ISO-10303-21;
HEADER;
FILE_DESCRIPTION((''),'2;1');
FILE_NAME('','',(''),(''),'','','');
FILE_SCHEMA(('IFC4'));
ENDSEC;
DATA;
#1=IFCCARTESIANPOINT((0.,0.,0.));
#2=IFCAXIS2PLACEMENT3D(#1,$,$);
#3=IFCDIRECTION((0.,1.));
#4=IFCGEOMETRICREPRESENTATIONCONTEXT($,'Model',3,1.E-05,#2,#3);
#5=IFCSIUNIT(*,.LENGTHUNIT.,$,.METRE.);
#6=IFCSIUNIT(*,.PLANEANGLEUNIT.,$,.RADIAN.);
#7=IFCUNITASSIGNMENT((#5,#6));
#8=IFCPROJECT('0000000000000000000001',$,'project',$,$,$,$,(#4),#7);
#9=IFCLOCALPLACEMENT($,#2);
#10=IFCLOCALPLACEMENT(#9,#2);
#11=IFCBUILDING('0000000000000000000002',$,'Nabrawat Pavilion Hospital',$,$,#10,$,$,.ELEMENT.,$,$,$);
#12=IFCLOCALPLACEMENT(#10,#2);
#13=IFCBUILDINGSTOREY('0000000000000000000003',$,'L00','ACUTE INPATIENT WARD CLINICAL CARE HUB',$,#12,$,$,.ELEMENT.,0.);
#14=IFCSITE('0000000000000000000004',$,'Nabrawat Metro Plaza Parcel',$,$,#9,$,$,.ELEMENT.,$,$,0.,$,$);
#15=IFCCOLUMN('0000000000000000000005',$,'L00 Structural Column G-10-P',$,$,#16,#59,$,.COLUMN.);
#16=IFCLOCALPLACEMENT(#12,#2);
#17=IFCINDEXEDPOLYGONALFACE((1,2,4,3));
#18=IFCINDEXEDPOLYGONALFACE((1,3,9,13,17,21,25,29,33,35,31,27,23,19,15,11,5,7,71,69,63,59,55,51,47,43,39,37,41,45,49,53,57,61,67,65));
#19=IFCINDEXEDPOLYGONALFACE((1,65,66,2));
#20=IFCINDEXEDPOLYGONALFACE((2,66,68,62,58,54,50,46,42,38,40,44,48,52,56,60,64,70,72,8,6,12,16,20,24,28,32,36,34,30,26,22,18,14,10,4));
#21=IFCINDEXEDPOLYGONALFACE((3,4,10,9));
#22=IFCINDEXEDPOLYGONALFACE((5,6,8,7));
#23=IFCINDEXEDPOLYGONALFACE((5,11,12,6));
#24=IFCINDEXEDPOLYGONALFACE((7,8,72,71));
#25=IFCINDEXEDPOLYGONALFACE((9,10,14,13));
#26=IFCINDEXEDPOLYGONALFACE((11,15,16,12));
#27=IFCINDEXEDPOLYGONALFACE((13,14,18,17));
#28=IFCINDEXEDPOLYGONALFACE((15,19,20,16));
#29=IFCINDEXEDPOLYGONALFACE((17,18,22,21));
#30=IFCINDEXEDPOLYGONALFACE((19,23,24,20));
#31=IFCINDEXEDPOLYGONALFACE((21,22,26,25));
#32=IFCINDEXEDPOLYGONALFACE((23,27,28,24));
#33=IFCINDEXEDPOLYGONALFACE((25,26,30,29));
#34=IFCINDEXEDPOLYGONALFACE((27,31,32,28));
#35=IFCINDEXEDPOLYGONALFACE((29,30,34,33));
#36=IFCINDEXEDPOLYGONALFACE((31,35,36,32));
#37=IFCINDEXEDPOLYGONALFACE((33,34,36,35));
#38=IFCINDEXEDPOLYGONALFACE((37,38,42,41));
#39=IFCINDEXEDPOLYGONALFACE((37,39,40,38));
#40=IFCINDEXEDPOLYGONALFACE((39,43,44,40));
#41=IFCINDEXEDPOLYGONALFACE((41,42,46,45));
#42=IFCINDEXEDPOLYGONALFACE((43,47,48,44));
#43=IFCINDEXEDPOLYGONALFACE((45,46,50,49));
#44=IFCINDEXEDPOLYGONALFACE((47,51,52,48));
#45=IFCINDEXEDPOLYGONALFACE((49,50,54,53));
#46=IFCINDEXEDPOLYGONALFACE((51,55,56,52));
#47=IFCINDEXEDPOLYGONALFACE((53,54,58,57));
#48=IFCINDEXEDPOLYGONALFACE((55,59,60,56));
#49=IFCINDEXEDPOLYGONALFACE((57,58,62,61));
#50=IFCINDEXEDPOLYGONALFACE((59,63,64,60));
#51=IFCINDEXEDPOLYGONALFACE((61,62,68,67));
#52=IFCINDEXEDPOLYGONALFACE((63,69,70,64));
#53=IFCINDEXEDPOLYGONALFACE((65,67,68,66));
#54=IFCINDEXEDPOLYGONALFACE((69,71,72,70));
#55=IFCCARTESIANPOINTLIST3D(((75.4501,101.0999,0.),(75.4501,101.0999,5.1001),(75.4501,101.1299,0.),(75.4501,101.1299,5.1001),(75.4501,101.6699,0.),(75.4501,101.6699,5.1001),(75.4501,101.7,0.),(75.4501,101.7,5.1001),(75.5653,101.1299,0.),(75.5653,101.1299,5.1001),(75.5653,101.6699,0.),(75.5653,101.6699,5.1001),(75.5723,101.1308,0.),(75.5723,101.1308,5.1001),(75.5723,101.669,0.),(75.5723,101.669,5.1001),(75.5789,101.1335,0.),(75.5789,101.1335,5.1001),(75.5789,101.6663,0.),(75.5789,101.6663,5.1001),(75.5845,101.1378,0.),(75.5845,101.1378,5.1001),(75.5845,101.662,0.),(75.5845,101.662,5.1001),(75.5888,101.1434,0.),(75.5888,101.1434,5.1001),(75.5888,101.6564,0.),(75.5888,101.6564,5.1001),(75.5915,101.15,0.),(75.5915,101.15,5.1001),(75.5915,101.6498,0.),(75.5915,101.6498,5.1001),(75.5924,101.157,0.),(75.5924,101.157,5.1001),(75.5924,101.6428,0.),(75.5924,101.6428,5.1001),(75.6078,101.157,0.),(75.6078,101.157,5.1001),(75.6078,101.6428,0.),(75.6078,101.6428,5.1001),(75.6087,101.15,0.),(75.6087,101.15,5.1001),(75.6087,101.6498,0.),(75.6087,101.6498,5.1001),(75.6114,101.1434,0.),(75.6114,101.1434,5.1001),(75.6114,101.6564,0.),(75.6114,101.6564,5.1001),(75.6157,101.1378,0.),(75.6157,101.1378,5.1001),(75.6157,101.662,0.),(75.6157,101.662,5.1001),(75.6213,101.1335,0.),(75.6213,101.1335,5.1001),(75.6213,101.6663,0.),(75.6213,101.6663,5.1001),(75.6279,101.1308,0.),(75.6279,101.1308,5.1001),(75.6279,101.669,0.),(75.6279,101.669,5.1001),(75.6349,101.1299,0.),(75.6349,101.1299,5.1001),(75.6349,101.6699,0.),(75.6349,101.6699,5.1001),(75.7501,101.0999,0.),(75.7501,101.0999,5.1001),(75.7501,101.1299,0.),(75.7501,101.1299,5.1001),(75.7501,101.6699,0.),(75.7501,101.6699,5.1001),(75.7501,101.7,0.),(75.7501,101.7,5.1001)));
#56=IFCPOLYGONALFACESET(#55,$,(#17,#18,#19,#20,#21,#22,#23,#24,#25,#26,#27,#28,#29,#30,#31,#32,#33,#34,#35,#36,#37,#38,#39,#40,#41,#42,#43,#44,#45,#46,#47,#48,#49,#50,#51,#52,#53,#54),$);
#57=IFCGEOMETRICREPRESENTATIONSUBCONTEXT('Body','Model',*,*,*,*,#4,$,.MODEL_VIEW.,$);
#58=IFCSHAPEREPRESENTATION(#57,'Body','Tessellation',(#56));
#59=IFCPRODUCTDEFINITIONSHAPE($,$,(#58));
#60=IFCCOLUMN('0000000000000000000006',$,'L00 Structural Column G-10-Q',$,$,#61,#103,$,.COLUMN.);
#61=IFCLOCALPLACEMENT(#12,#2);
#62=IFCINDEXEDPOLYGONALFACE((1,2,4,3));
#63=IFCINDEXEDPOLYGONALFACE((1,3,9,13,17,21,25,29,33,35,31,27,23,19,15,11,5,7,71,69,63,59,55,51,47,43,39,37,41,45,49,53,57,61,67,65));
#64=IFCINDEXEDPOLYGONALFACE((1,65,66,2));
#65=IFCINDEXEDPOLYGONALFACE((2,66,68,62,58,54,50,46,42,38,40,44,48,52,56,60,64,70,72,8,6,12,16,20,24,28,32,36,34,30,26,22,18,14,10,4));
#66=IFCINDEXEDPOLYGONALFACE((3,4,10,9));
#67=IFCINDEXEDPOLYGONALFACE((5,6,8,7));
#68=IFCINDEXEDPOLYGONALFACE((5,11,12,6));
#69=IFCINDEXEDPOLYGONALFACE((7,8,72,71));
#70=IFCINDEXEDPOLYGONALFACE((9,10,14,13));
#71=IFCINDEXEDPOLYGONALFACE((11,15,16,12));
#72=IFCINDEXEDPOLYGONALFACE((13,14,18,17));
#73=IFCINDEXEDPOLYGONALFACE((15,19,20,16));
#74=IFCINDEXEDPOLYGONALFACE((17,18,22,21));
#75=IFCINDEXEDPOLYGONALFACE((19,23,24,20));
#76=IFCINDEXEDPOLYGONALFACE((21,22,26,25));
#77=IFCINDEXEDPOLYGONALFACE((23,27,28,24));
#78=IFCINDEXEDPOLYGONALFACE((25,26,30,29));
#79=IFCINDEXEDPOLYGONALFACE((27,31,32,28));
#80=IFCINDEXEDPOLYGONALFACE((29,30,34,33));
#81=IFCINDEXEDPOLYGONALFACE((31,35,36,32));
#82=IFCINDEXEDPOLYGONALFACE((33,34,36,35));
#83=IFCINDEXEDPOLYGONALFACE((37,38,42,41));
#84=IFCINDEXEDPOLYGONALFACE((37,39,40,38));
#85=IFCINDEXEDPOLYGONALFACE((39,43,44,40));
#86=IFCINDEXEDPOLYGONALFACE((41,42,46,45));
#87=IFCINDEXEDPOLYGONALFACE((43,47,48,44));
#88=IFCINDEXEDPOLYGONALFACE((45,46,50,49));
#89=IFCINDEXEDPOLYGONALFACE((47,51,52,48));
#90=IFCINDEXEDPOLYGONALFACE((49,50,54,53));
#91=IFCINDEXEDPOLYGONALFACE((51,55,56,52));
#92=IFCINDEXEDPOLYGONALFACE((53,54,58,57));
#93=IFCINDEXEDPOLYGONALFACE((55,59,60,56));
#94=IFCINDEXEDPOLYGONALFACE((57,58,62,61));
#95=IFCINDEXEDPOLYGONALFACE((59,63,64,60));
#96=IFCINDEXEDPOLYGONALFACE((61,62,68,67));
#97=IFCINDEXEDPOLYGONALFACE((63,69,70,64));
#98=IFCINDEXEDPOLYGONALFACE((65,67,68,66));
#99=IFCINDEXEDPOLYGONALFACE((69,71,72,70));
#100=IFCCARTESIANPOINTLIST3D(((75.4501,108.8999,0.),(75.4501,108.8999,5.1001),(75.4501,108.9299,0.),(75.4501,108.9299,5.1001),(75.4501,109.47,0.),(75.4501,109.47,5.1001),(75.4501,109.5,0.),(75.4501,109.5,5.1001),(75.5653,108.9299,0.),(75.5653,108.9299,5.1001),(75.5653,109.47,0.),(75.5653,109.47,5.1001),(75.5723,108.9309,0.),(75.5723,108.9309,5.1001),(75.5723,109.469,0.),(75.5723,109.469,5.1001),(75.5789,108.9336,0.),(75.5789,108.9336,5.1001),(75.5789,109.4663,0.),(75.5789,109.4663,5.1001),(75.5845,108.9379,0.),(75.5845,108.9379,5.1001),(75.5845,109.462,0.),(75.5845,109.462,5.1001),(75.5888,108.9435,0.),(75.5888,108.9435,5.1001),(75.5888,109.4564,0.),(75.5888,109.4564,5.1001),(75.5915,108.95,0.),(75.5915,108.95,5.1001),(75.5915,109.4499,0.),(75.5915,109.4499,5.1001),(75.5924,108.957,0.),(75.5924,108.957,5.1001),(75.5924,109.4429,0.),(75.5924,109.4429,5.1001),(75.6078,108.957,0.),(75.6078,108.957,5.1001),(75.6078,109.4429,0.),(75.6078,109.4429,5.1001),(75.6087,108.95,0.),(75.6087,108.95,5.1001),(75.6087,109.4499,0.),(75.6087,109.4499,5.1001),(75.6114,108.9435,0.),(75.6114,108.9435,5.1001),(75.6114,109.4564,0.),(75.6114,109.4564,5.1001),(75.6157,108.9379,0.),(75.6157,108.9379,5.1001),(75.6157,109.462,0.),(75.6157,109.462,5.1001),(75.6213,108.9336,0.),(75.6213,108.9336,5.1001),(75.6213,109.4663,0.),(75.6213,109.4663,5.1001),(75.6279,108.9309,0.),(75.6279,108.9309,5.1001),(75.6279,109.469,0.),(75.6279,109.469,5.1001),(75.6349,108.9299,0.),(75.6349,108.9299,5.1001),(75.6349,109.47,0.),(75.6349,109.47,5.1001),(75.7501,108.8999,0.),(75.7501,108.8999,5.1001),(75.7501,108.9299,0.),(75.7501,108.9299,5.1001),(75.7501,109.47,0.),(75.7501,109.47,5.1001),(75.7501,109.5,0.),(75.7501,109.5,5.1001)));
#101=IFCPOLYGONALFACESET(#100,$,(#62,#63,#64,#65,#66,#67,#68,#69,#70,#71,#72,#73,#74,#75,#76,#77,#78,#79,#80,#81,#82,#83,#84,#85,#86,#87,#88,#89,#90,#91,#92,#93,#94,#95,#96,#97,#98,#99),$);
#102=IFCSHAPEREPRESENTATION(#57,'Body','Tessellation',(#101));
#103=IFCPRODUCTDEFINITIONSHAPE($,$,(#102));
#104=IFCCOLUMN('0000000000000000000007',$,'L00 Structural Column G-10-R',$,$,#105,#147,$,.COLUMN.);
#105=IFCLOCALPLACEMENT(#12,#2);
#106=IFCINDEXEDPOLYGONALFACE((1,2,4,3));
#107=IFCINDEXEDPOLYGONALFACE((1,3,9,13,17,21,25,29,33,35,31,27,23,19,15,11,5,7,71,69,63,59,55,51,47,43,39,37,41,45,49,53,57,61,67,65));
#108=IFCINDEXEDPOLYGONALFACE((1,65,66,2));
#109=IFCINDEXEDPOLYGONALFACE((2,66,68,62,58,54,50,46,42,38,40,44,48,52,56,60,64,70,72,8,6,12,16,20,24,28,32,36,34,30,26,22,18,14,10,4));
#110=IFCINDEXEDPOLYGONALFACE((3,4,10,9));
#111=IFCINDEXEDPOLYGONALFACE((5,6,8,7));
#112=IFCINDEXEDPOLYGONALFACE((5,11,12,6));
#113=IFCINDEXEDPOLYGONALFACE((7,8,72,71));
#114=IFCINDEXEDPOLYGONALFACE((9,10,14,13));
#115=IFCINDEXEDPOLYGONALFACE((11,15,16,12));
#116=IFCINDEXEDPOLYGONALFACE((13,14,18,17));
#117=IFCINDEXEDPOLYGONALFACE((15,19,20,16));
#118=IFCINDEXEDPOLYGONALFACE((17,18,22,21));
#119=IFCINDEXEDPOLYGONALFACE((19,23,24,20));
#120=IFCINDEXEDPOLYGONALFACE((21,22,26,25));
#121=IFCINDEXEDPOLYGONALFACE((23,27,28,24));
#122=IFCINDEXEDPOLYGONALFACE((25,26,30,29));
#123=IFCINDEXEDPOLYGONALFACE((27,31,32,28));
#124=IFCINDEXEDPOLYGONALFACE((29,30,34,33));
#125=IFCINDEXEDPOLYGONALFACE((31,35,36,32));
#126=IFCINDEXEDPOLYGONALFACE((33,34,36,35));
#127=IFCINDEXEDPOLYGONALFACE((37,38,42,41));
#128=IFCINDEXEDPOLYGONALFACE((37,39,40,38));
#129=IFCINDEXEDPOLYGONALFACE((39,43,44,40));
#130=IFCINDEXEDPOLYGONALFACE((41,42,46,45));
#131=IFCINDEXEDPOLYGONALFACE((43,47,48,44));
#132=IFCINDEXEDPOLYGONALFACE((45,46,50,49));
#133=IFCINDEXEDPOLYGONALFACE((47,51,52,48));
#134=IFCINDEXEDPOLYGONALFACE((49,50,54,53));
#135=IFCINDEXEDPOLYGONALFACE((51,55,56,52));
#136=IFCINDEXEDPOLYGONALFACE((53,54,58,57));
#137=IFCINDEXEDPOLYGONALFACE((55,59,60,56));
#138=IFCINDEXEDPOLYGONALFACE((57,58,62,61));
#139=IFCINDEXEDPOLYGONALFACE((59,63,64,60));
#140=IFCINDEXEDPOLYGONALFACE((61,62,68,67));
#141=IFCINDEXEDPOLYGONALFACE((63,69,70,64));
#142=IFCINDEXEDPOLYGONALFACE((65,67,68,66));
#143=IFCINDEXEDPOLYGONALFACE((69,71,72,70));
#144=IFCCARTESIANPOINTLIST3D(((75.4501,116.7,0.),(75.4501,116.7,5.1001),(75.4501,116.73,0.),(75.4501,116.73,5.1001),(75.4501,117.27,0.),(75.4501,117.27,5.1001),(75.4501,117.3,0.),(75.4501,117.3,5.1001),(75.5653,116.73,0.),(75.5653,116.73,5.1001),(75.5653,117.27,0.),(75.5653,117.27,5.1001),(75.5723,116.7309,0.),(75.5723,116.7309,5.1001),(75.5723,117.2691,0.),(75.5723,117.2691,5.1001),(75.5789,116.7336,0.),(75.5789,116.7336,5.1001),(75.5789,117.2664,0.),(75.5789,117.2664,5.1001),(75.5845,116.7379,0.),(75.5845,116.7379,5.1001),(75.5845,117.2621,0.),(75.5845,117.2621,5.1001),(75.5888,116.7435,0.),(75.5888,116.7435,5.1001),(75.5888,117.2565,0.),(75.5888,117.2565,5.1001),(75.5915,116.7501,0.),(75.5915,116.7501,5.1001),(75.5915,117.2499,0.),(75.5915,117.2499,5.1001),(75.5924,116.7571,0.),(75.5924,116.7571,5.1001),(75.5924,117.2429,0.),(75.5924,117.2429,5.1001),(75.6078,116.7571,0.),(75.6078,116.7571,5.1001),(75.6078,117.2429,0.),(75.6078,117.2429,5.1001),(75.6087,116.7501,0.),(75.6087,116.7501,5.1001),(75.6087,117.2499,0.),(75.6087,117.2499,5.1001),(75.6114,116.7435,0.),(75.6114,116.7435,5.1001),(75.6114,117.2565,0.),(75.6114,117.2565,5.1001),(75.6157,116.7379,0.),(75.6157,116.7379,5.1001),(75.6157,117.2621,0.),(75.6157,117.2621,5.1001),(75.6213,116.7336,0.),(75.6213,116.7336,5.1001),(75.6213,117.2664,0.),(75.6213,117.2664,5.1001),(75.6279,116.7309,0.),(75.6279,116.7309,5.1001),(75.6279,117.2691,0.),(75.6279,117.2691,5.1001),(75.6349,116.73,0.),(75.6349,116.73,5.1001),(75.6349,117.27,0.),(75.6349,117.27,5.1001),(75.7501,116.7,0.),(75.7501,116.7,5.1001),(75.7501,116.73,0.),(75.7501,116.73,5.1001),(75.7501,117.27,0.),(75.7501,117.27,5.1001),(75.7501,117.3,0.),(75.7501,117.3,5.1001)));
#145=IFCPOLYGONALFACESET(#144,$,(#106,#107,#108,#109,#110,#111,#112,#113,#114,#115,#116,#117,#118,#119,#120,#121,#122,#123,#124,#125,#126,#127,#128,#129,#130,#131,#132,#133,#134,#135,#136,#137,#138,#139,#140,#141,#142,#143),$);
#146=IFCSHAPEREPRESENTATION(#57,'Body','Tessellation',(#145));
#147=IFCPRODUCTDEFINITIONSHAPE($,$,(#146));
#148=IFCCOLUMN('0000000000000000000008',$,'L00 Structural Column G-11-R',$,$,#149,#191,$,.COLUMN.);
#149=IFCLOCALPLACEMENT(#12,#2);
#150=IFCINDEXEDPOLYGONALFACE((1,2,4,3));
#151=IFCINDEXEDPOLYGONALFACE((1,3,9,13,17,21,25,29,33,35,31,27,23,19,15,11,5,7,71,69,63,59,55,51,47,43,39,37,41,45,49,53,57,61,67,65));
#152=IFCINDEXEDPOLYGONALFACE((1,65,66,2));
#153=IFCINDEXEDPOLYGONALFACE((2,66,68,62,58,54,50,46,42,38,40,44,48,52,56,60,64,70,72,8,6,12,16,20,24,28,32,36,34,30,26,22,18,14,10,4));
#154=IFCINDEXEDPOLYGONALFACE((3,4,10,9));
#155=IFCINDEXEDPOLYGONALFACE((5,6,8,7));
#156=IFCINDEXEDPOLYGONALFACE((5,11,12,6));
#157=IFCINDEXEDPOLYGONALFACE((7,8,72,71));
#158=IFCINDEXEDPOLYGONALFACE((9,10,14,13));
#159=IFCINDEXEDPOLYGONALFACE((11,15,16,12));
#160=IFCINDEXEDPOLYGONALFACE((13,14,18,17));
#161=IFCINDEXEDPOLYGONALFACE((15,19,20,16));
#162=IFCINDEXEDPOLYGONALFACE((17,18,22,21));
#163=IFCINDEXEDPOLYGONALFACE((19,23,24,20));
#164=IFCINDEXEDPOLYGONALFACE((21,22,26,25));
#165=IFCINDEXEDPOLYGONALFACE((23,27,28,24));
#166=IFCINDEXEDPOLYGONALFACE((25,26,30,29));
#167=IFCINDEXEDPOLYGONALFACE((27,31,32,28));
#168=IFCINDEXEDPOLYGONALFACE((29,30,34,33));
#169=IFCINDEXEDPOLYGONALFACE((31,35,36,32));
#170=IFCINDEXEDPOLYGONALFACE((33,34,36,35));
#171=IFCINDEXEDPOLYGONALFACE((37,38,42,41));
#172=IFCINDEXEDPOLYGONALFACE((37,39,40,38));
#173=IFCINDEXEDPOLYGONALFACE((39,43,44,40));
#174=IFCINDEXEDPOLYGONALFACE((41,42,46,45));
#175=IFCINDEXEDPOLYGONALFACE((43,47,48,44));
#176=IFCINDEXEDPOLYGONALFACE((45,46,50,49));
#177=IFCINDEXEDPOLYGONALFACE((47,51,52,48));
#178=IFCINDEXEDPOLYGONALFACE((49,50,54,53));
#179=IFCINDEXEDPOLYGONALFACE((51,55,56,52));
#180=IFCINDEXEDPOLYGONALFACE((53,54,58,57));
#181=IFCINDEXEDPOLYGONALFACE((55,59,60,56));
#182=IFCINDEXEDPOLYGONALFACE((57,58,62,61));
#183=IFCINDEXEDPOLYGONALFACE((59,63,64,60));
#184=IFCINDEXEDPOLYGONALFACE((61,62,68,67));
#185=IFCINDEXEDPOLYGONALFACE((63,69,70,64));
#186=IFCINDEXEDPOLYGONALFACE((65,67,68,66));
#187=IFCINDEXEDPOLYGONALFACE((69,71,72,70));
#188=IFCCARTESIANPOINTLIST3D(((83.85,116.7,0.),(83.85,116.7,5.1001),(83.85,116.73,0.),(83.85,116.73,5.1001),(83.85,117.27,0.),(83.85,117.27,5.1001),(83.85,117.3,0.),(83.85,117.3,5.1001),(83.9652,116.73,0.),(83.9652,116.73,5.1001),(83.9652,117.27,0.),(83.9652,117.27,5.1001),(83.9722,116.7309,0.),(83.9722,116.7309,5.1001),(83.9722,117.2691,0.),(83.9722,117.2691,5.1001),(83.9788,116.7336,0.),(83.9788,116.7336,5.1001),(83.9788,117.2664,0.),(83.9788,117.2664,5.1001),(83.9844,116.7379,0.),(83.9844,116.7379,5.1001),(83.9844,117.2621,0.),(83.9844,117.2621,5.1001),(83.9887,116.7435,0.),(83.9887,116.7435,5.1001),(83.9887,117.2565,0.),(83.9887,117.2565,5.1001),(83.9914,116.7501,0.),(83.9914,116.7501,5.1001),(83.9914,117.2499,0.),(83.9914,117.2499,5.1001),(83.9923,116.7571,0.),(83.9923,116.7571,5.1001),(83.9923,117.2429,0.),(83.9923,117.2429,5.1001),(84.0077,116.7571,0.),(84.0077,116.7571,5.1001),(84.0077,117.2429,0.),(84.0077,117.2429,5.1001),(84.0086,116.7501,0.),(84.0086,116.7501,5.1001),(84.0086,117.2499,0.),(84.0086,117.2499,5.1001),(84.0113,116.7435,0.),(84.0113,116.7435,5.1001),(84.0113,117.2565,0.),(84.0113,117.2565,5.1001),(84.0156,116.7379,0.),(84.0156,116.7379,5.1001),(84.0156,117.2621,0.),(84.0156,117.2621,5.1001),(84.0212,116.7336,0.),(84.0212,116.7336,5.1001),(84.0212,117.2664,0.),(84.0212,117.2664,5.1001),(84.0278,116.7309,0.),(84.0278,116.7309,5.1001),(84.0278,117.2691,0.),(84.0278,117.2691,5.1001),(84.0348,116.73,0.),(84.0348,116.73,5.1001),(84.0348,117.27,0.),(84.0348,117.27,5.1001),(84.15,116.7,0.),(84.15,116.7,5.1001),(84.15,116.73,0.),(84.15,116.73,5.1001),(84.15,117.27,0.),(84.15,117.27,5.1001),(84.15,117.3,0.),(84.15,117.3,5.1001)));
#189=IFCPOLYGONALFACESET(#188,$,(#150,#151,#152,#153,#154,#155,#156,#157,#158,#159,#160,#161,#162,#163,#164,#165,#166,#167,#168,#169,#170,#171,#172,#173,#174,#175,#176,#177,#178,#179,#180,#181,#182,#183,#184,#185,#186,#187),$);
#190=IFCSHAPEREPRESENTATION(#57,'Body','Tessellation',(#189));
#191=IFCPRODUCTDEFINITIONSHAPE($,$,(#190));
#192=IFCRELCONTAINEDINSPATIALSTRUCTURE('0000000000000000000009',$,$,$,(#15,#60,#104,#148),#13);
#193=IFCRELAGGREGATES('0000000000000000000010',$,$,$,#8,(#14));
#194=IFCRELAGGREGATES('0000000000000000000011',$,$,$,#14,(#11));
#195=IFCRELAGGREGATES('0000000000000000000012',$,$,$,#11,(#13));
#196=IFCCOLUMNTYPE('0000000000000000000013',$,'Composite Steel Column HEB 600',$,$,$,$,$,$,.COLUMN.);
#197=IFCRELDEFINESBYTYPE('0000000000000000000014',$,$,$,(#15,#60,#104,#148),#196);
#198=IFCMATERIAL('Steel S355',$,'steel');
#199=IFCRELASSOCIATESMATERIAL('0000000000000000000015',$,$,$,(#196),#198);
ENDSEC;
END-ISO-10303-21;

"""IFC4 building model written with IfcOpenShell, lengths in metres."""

from ifc_helpers import new_model, si_unit, direction, frame, origin, origin_2d, place, context, subcontext, project, spatial, i_section, extrude, material, material_profile, profile_set, type_object, element, save


model = new_model("IFC4")

# Units and contexts
model_context = context("Model", 3, precision=1e-05, world=origin(), true_north=direction((0.0, 1.0)))
body_context = subcontext(model_context, "Body", "Model", "MODEL_VIEW")
ifc_project = project(units=[si_unit("LENGTHUNIT", "METRE"), si_unit("PLANEANGLEUNIT", "RADIAN")], contexts=[model_context])

# Site, building, storey
site_placement = place(None, origin())
site = spatial("IfcSite", under=ifc_project, at=site_placement, Name="Nabrawat Metro Plaza Parcel", CompositionType="ELEMENT", RefElevation=0.0)
building_placement = place(site_placement, origin())
building = spatial("IfcBuilding", under=site, at=building_placement, Name="Nabrawat Pavilion Hospital", CompositionType="ELEMENT")
storey_placement = place(building_placement, origin())
storey = spatial("IfcBuildingStorey", under=building, at=storey_placement, Name="L00", Description="ACUTE INPATIENT WARD CLINICAL CARE HUB", CompositionType="ELEMENT", Elevation=0.0)

# Columns
ifc_material_1 = material(Name="Steel S355", Category="steel")
ifc_material_profile_1 = material_profile(ifc_material_1, i_section(OverallWidth=0.3, OverallDepth=0.6001, WebThickness=0.0154, FlangeThickness=0.03, FilletRadius=0.0271, at=origin_2d()), Name="HEB 600")
ifc_profile_set_1 = profile_set([ifc_material_profile_1], Name="Steel S355")
column_type_1 = type_object("IfcColumnType", Name="Composite Steel Column HEB 600", PredefinedType="COLUMN", material=ifc_profile_set_1)
for number, where, z_axis, x_axis, name in (
    (1, (75.6001, 101.3999, 0.0), (0.0, 0.0, 1.0), (1.0, 0.0, 0.0), "L00 Structural Column G-10-P"),
    (2, (75.6001, 109.2, 0.0), (0.0, 0.0, 1.0), (1.0, 0.0, 0.0), "L00 Structural Column G-10-Q"),
    (3, (75.6001, 117.0, 0.0), (0.0, 0.0, 1.0), (1.0, 0.0, 0.0), "L00 Structural Column G-10-R"),
    (4, (84.0, 117.0, 0.0), (0.0, 0.0, 1.0), (1.0, 0.0, 0.0), "L00 Structural Column G-11-R"),
):
    element("IfcColumn", number, at=place(storey_placement, frame(where, z_axis=z_axis, x_axis=x_axis)), inside=storey, type_object=column_type_1, Name=name, PredefinedType="COLUMN", context=body_context, shape_type="SweptSolid", body=[
        extrude(i_section(OverallWidth=0.3, OverallDepth=0.6001, WebThickness=0.0154, FlangeThickness=0.03, FilletRadius=0.0271, at=origin_2d()), origin(), (0.0, 0.0, 1.0), 5.1001),
    ])

save(model, "model.ifc")
